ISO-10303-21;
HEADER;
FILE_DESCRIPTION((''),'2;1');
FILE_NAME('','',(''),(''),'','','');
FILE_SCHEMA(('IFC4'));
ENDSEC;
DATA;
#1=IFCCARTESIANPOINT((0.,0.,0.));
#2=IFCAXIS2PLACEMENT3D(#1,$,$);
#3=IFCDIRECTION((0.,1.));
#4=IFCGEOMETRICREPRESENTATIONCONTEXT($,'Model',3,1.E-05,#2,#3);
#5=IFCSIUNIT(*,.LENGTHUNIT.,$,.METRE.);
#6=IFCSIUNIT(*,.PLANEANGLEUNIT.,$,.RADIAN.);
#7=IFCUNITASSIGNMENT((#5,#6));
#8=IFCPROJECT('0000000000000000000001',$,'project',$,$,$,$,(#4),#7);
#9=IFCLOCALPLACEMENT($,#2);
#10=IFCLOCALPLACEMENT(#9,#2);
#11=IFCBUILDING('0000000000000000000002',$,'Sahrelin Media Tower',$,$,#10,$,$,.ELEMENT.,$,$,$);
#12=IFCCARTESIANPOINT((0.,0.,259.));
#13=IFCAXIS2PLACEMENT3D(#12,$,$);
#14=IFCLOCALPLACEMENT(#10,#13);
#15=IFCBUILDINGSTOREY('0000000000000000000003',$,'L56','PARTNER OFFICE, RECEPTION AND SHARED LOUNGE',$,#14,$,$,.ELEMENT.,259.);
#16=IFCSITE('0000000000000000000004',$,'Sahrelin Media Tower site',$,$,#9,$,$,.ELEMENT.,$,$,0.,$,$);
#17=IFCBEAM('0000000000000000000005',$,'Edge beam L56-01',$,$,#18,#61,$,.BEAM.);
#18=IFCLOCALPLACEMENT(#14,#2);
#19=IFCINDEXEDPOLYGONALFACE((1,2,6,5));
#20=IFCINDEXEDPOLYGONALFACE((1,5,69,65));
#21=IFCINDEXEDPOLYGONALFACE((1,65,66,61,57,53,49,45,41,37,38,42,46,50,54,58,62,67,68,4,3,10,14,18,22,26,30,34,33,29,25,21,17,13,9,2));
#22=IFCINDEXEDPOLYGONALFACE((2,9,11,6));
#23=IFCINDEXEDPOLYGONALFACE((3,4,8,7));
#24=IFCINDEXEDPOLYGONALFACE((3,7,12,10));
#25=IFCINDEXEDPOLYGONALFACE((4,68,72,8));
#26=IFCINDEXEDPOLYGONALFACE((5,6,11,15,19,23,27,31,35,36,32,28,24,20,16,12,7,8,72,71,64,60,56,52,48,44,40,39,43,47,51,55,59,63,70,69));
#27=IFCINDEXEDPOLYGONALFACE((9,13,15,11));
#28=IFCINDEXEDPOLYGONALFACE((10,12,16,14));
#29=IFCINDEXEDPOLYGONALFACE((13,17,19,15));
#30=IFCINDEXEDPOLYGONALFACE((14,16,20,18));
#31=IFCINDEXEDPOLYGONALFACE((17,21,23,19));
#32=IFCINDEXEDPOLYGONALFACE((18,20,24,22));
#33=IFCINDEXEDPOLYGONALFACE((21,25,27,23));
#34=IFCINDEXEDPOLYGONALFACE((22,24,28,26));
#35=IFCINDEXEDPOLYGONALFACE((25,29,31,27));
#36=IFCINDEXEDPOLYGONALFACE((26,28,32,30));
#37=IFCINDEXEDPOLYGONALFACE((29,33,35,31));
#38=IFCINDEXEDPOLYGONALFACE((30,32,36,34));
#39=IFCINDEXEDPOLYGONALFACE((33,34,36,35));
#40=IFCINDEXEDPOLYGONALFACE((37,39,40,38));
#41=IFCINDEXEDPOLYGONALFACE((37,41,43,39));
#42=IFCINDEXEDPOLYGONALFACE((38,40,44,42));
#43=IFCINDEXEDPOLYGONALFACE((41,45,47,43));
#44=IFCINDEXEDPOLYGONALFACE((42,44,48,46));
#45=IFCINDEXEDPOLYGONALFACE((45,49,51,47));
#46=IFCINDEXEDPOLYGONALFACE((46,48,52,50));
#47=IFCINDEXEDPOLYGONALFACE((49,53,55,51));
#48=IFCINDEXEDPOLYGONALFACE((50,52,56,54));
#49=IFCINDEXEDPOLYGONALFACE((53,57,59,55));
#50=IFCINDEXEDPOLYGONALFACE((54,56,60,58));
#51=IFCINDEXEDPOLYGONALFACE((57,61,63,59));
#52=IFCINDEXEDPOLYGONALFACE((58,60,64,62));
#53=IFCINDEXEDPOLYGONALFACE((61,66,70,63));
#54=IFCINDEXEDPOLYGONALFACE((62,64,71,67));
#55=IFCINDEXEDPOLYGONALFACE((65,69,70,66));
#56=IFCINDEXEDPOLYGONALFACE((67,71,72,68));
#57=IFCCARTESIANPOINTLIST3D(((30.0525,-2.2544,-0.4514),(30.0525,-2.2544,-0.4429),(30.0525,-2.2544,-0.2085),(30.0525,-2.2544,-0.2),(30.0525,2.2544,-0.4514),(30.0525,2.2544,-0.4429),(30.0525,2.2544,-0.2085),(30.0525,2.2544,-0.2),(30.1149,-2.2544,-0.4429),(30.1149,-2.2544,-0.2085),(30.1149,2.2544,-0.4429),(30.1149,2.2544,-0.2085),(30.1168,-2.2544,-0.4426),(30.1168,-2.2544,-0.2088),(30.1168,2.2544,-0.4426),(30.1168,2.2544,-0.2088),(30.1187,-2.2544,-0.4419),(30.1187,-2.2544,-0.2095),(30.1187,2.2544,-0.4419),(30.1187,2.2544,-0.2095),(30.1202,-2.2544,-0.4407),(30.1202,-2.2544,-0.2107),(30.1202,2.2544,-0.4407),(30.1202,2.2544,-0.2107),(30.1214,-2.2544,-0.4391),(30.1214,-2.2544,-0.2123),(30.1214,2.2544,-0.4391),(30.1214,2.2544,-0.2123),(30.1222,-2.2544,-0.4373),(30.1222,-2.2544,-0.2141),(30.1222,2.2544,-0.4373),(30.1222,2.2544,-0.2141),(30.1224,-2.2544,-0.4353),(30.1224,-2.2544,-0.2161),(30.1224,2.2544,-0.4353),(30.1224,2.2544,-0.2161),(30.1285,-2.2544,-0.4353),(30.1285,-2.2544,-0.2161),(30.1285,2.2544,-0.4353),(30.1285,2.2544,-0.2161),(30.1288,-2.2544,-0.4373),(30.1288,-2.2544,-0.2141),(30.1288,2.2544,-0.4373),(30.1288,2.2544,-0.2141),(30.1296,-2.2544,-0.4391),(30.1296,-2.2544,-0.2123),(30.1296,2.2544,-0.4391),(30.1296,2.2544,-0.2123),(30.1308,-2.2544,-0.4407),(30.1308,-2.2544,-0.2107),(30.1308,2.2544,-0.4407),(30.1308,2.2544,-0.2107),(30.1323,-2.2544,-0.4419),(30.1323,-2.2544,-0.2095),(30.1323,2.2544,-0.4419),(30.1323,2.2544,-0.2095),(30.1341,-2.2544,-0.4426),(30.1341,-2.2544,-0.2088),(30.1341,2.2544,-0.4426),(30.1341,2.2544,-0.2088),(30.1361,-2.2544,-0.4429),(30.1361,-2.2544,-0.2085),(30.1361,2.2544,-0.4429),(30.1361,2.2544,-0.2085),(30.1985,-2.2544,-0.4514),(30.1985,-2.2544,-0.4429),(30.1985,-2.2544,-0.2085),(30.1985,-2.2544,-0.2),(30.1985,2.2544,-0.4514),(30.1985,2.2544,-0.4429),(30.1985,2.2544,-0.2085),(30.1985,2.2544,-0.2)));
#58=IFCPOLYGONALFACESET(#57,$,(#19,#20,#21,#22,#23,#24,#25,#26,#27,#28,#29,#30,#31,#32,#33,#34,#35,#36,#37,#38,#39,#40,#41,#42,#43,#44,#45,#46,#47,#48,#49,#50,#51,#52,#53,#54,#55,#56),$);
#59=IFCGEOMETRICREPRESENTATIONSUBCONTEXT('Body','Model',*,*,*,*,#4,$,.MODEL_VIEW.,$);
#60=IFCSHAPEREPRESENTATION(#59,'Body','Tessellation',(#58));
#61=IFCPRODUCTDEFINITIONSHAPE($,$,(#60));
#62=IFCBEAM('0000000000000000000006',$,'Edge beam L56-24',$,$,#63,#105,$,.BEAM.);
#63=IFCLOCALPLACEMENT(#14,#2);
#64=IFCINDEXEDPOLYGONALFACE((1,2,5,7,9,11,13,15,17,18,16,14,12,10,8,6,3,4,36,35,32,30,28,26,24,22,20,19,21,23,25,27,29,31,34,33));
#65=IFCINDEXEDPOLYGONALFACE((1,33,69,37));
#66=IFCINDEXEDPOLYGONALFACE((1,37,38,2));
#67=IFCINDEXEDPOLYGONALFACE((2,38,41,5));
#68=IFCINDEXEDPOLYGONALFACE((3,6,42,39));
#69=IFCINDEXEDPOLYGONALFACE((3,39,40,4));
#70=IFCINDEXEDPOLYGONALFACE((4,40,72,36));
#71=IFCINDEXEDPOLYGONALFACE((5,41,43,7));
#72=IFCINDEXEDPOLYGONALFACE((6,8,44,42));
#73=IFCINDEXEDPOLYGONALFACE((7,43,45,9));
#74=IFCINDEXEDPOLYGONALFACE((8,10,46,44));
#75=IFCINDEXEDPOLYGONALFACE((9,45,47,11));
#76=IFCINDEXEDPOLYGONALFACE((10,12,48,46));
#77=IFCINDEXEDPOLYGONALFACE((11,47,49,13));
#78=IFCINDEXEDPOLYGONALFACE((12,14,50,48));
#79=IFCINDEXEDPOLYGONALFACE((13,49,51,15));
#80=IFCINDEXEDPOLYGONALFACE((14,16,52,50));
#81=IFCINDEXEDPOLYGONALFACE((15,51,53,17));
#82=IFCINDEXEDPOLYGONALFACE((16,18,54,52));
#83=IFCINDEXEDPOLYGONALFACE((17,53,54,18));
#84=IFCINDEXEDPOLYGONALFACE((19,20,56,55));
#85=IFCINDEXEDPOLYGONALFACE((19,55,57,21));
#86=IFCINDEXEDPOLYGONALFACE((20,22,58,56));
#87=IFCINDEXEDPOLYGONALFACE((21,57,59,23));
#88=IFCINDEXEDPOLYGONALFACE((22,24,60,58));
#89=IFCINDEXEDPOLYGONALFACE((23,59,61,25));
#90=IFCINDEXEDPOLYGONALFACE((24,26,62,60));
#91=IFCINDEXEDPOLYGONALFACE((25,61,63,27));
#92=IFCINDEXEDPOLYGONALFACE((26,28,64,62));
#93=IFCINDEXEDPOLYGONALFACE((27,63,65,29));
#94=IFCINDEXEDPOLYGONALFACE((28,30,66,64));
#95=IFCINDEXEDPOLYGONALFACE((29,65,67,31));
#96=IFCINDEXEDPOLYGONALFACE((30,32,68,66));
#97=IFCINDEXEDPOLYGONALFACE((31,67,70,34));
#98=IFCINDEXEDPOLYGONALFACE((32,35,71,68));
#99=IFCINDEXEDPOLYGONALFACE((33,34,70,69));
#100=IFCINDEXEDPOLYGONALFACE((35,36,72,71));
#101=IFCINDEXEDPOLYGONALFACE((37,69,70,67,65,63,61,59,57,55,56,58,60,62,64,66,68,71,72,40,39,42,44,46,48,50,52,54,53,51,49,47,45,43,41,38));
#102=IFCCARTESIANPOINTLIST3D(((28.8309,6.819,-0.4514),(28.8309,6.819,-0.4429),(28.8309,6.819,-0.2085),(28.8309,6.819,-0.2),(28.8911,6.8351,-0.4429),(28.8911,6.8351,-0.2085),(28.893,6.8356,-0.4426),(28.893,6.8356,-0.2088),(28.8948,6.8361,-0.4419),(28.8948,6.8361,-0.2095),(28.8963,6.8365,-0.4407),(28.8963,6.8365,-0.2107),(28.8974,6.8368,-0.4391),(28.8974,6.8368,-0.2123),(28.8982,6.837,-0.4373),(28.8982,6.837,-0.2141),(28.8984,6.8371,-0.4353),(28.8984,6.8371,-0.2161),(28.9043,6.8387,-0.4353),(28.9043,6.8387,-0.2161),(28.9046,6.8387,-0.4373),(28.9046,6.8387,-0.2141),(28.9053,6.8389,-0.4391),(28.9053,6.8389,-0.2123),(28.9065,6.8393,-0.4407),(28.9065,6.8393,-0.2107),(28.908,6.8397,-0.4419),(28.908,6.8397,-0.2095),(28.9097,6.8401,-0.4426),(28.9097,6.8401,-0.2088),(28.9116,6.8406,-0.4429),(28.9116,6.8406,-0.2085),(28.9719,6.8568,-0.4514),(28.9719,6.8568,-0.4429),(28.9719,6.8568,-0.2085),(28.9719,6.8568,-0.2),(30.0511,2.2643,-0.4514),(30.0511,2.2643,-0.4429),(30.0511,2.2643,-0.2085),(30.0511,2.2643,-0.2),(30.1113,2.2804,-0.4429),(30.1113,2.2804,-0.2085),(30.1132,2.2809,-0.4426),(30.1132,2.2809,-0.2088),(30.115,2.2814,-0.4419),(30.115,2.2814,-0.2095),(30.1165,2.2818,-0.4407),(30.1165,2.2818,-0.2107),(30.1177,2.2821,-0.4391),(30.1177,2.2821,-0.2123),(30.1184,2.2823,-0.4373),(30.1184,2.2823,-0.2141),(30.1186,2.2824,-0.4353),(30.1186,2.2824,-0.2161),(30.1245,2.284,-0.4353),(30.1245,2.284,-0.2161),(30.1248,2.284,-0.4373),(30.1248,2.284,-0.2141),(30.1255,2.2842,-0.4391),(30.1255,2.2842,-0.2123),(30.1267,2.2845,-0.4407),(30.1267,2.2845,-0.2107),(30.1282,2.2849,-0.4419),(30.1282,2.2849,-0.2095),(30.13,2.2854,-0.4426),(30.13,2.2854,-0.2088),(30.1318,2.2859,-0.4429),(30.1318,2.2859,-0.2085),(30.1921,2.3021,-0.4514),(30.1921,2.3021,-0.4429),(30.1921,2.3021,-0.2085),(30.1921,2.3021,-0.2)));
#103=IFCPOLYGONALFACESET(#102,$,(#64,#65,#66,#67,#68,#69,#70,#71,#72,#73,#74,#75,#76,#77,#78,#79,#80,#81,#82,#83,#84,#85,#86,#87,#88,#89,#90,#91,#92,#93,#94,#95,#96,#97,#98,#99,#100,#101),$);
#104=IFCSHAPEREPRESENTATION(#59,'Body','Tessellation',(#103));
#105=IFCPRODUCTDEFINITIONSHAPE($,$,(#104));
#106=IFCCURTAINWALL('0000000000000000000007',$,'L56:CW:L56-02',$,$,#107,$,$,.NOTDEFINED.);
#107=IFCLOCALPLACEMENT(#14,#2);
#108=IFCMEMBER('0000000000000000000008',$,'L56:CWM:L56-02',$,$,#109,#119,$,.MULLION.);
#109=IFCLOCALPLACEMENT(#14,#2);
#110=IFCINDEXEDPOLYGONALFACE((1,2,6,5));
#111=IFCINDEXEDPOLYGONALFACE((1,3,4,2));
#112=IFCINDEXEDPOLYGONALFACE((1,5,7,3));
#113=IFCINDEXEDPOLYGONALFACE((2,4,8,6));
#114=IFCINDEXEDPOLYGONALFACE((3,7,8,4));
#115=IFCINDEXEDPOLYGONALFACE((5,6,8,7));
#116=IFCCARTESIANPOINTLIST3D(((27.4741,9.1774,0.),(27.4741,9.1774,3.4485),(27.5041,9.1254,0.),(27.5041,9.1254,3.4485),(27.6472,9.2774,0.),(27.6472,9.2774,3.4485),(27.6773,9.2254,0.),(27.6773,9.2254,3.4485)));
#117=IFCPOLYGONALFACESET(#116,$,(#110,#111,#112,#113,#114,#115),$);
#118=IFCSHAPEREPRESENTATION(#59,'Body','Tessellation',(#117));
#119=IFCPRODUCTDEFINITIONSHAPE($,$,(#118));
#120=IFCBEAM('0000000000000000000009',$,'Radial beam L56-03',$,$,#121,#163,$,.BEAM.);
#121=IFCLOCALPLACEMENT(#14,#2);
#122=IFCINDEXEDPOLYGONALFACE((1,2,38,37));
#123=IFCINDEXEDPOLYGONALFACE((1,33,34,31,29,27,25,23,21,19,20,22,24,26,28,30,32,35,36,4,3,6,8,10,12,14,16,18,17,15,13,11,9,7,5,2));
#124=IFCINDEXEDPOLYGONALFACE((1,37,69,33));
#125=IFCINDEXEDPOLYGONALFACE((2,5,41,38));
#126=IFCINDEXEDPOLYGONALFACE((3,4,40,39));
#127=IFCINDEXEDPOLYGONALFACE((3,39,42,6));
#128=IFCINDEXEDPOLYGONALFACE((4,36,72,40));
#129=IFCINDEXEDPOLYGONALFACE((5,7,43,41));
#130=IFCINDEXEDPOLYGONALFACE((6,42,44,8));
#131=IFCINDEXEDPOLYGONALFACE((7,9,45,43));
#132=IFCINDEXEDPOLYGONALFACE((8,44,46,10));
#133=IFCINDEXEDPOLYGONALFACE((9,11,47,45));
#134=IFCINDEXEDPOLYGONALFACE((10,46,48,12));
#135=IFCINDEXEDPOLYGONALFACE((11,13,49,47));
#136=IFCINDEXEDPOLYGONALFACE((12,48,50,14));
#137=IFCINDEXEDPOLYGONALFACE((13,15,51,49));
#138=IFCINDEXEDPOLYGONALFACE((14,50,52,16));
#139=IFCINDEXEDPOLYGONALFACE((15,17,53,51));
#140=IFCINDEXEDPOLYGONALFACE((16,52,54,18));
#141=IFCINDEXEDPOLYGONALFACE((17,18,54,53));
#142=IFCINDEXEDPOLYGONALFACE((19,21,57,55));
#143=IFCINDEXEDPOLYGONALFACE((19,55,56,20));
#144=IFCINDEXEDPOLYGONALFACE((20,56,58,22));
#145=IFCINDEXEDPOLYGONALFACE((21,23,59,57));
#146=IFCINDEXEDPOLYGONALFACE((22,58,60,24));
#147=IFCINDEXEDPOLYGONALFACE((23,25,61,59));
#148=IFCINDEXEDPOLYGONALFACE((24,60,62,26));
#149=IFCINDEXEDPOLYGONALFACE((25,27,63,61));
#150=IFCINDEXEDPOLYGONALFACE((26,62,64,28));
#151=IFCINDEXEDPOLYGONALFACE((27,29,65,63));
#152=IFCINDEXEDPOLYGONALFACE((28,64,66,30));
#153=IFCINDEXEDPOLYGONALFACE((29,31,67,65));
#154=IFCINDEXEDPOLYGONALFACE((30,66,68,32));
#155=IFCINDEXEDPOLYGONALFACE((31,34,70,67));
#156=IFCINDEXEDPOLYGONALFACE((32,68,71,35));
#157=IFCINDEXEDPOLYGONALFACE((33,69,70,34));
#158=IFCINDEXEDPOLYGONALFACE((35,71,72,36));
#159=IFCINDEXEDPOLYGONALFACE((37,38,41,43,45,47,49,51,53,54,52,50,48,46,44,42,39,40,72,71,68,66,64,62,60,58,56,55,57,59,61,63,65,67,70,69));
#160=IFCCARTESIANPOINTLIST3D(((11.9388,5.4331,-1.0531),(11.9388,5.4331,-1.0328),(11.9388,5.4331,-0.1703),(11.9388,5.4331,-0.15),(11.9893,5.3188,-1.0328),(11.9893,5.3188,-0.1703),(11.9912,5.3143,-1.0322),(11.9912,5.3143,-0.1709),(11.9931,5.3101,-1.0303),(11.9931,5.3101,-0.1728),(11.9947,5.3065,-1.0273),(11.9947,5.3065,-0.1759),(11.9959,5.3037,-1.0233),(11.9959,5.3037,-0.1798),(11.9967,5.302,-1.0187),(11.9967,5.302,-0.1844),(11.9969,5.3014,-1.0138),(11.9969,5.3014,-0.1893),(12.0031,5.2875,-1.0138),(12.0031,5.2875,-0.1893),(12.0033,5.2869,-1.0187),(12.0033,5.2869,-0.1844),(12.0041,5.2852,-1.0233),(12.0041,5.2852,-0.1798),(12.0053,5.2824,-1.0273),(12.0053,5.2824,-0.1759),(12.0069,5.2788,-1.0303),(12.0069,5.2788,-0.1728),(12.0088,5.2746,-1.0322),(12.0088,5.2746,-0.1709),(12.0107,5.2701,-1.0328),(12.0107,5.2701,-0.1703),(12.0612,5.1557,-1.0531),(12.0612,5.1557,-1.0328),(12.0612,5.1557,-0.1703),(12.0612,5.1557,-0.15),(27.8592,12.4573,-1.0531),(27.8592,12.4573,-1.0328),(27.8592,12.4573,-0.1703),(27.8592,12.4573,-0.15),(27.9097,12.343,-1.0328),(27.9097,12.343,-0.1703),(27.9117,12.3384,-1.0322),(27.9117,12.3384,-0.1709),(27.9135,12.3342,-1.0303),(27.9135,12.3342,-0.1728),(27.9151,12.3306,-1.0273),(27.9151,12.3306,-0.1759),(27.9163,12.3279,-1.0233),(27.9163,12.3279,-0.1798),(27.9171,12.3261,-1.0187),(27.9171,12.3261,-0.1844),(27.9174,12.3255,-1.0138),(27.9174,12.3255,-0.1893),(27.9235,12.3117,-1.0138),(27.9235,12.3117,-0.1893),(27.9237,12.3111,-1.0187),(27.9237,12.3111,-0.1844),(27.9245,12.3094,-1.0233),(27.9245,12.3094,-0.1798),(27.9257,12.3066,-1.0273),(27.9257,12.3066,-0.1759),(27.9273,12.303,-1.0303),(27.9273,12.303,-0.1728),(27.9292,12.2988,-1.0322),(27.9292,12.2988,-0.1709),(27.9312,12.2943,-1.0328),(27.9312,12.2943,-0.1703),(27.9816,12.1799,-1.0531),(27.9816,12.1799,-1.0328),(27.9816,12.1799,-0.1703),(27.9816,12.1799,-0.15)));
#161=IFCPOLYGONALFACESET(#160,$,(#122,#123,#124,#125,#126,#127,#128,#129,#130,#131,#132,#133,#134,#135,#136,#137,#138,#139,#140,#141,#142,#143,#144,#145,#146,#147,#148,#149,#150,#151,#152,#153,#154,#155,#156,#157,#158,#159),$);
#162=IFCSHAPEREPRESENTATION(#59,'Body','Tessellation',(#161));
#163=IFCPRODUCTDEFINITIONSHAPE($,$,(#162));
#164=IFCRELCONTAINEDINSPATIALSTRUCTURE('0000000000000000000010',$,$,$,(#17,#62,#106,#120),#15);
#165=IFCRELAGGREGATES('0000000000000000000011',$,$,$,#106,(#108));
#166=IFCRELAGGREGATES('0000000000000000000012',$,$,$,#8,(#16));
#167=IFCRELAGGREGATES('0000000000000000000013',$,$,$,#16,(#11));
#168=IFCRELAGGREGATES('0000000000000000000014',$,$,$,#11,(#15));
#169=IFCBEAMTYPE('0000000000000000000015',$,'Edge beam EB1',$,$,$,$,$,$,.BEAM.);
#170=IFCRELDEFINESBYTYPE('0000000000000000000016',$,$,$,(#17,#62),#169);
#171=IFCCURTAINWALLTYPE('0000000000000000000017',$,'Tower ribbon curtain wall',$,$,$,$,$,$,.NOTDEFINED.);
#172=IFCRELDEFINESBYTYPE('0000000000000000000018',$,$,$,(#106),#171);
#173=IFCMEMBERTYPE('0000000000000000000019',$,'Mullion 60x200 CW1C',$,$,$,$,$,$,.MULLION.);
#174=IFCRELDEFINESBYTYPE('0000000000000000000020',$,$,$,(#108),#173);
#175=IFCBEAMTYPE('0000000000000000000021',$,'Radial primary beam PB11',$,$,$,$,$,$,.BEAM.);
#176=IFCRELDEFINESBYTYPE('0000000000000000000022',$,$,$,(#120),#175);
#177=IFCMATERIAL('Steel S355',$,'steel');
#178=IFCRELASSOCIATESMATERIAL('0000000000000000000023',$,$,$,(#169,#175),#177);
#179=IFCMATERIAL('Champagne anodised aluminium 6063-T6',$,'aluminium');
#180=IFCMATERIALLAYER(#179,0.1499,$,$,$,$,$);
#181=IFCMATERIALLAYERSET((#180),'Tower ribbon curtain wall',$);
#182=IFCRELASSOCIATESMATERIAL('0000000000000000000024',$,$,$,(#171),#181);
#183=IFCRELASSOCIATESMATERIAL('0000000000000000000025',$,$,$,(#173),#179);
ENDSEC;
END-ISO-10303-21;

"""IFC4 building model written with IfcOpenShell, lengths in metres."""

from ifc_helpers import new_model, si_unit, direction, frame, origin, origin_2d, place, context, subcontext, project, spatial, rectangle, i_section, extrude, material, layer, layer_set, material_profile, profile_set, type_object, element, aggregate, save


model = new_model("IFC4")

# Units and contexts
model_context = context("Model", 3, precision=1e-05, world=origin(), true_north=direction((0.0, 1.0)))
body_context = subcontext(model_context, "Body", "Model", "MODEL_VIEW")
ifc_project = project(units=[si_unit("LENGTHUNIT", "METRE"), si_unit("PLANEANGLEUNIT", "RADIAN")], contexts=[model_context])

# Site, building, storey
site_placement = place(None, origin())
site = spatial("IfcSite", under=ifc_project, at=site_placement, Name="Sahrelin Media Tower site", CompositionType="ELEMENT", RefElevation=0.0)
building_placement = place(site_placement, origin())
building = spatial("IfcBuilding", under=site, at=building_placement, Name="Sahrelin Media Tower", CompositionType="ELEMENT")
storey_placement = place(building_placement, frame((0.0, 0.0, 259.0)))
storey = spatial("IfcBuildingStorey", under=building, at=storey_placement, Name="L56", Description="PARTNER OFFICE, RECEPTION AND SHARED LOUNGE", CompositionType="ELEMENT", Elevation=259.0)

# Beams
ifc_material_1 = material(Name="Steel S355", Category="steel")
ifc_material_profile_1 = material_profile(ifc_material_1, i_section(OverallWidth=0.146, OverallDepth=0.2515, WebThickness=0.0061, FlangeThickness=0.0085, FilletRadius=0.0076, at=origin_2d()), Name="UB 254x146x31")
ifc_profile_set_1 = profile_set([ifc_material_profile_1], Name="Steel S355")
beam_type_1 = type_object("IfcBeamType", Name="Edge beam EB1", PredefinedType="BEAM", material=ifc_profile_set_1)
beam_1_placement = place(storey_placement, frame((30.1255, 2.2544, -0.3257), z_axis=(0.0, -1.0, 0.0), x_axis=(1.0, 0.0, 0.0)))
element("IfcBeam", 1, at=beam_1_placement, inside=storey, type_object=beam_type_1, Name="Edge beam L56-01", PredefinedType="BEAM", context=body_context, shape_type="SweptSolid", body=[
    extrude(i_section(OverallWidth=0.146, OverallDepth=0.2515, WebThickness=0.0061, FlangeThickness=0.0085, FilletRadius=0.0076, at=origin_2d()), origin(), (0.0, 0.0, 1.0), 4.5088),
])
beam_2_placement = place(storey_placement, frame((28.9014, 6.8379, -0.3257), z_axis=(0.258777, -0.965937, 0.0), x_axis=(0.965937, 0.258777, 0.0)))
element("IfcBeam", 2, at=beam_2_placement, inside=storey, type_object=beam_type_1, Name="Edge beam L56-24", PredefinedType="BEAM", context=body_context, shape_type="SweptSolid", body=[
    extrude(i_section(OverallWidth=0.146, OverallDepth=0.2515, WebThickness=0.0061, FlangeThickness=0.0085, FilletRadius=0.0076, at=origin_2d()), origin(), (0.0, 0.0, 1.0), 4.7153),
])

# Curtain wall, member
ifc_material_2 = material(Name="Champagne anodised aluminium 6063-T6", Category="aluminium")
ifc_layer_1 = layer(ifc_material_2, 0.1499)
ifc_layer_set_1 = layer_set([ifc_layer_1], Name="Tower ribbon curtain wall")
curtain_wall_type = type_object("IfcCurtainWallType", Name="Tower ribbon curtain wall", PredefinedType="NOTDEFINED", material=ifc_layer_set_1)
curtain_wall_placement = place(storey_placement, frame((27.6794, 9.2615, 0.0), z_axis=(0.0, 0.0, 1.0), x_axis=(1.0, 0.0, 0.0)))
curtain_wall = element("IfcCurtainWall", 3, at=curtain_wall_placement, inside=storey, type_object=curtain_wall_type, Name="L56:CW:L56-02", PredefinedType="NOTDEFINED")
ifc_material_profile_2 = material_profile(ifc_material_2, rectangle(XDim=0.0601, YDim=0.2, at=origin_2d()), Name="Mullion 60x200")
ifc_profile_set_2 = profile_set([ifc_material_profile_2], Name="Champagne anodised aluminium 6063-T6")
member_type_1 = type_object("IfcMemberType", Name="Mullion 60x200 CW1C", PredefinedType="MULLION", material=ifc_profile_set_2)
member_1_placement = place(storey_placement, frame((27.5757, 9.2014, 0.0), z_axis=(0.0, 0.0, 1.0), x_axis=(-0.500011, 0.866019, 0.0)))
member_1 = element("IfcMember", 4, at=member_1_placement, type_object=member_type_1, Name="L56:CWM:L56-02", PredefinedType="MULLION", context=body_context, shape_type="SweptSolid", body=[
    extrude(rectangle(XDim=0.0601, YDim=0.2, at=origin_2d()), origin(), (0.0, 0.0, 1.0), 3.4485),
])

# Beam
ifc_material_profile_3 = material_profile(ifc_material_1, i_section(OverallWidth=0.3032, OverallDepth=0.9031, WebThickness=0.0151, FlangeThickness=0.0203, FilletRadius=0.019, at=origin_2d()), Name="UB 914x305x201")
ifc_profile_set_3 = profile_set([ifc_material_profile_3], Name="Steel S355")
beam_type_2 = type_object("IfcBeamType", Name="Radial primary beam PB11", PredefinedType="BEAM", material=ifc_profile_set_3)
beam_3_placement = place(storey_placement, frame((12.0, 5.2944, -0.6016), z_axis=(0.914908, 0.403662, 0.0), x_axis=(-0.403662, 0.914908, 0.0)))
element("IfcBeam", 5, at=beam_3_placement, inside=storey, type_object=beam_type_2, Name="Radial beam L56-03", PredefinedType="BEAM", context=body_context, shape_type="SweptSolid", body=[
    extrude(i_section(OverallWidth=0.3032, OverallDepth=0.9031, WebThickness=0.0151, FlangeThickness=0.0203, FilletRadius=0.019, at=origin_2d()), origin(), (0.0, 0.0, 1.0), 17.4011),
])

aggregate(curtain_wall, [member_1])

save(model, "model.ifc")
